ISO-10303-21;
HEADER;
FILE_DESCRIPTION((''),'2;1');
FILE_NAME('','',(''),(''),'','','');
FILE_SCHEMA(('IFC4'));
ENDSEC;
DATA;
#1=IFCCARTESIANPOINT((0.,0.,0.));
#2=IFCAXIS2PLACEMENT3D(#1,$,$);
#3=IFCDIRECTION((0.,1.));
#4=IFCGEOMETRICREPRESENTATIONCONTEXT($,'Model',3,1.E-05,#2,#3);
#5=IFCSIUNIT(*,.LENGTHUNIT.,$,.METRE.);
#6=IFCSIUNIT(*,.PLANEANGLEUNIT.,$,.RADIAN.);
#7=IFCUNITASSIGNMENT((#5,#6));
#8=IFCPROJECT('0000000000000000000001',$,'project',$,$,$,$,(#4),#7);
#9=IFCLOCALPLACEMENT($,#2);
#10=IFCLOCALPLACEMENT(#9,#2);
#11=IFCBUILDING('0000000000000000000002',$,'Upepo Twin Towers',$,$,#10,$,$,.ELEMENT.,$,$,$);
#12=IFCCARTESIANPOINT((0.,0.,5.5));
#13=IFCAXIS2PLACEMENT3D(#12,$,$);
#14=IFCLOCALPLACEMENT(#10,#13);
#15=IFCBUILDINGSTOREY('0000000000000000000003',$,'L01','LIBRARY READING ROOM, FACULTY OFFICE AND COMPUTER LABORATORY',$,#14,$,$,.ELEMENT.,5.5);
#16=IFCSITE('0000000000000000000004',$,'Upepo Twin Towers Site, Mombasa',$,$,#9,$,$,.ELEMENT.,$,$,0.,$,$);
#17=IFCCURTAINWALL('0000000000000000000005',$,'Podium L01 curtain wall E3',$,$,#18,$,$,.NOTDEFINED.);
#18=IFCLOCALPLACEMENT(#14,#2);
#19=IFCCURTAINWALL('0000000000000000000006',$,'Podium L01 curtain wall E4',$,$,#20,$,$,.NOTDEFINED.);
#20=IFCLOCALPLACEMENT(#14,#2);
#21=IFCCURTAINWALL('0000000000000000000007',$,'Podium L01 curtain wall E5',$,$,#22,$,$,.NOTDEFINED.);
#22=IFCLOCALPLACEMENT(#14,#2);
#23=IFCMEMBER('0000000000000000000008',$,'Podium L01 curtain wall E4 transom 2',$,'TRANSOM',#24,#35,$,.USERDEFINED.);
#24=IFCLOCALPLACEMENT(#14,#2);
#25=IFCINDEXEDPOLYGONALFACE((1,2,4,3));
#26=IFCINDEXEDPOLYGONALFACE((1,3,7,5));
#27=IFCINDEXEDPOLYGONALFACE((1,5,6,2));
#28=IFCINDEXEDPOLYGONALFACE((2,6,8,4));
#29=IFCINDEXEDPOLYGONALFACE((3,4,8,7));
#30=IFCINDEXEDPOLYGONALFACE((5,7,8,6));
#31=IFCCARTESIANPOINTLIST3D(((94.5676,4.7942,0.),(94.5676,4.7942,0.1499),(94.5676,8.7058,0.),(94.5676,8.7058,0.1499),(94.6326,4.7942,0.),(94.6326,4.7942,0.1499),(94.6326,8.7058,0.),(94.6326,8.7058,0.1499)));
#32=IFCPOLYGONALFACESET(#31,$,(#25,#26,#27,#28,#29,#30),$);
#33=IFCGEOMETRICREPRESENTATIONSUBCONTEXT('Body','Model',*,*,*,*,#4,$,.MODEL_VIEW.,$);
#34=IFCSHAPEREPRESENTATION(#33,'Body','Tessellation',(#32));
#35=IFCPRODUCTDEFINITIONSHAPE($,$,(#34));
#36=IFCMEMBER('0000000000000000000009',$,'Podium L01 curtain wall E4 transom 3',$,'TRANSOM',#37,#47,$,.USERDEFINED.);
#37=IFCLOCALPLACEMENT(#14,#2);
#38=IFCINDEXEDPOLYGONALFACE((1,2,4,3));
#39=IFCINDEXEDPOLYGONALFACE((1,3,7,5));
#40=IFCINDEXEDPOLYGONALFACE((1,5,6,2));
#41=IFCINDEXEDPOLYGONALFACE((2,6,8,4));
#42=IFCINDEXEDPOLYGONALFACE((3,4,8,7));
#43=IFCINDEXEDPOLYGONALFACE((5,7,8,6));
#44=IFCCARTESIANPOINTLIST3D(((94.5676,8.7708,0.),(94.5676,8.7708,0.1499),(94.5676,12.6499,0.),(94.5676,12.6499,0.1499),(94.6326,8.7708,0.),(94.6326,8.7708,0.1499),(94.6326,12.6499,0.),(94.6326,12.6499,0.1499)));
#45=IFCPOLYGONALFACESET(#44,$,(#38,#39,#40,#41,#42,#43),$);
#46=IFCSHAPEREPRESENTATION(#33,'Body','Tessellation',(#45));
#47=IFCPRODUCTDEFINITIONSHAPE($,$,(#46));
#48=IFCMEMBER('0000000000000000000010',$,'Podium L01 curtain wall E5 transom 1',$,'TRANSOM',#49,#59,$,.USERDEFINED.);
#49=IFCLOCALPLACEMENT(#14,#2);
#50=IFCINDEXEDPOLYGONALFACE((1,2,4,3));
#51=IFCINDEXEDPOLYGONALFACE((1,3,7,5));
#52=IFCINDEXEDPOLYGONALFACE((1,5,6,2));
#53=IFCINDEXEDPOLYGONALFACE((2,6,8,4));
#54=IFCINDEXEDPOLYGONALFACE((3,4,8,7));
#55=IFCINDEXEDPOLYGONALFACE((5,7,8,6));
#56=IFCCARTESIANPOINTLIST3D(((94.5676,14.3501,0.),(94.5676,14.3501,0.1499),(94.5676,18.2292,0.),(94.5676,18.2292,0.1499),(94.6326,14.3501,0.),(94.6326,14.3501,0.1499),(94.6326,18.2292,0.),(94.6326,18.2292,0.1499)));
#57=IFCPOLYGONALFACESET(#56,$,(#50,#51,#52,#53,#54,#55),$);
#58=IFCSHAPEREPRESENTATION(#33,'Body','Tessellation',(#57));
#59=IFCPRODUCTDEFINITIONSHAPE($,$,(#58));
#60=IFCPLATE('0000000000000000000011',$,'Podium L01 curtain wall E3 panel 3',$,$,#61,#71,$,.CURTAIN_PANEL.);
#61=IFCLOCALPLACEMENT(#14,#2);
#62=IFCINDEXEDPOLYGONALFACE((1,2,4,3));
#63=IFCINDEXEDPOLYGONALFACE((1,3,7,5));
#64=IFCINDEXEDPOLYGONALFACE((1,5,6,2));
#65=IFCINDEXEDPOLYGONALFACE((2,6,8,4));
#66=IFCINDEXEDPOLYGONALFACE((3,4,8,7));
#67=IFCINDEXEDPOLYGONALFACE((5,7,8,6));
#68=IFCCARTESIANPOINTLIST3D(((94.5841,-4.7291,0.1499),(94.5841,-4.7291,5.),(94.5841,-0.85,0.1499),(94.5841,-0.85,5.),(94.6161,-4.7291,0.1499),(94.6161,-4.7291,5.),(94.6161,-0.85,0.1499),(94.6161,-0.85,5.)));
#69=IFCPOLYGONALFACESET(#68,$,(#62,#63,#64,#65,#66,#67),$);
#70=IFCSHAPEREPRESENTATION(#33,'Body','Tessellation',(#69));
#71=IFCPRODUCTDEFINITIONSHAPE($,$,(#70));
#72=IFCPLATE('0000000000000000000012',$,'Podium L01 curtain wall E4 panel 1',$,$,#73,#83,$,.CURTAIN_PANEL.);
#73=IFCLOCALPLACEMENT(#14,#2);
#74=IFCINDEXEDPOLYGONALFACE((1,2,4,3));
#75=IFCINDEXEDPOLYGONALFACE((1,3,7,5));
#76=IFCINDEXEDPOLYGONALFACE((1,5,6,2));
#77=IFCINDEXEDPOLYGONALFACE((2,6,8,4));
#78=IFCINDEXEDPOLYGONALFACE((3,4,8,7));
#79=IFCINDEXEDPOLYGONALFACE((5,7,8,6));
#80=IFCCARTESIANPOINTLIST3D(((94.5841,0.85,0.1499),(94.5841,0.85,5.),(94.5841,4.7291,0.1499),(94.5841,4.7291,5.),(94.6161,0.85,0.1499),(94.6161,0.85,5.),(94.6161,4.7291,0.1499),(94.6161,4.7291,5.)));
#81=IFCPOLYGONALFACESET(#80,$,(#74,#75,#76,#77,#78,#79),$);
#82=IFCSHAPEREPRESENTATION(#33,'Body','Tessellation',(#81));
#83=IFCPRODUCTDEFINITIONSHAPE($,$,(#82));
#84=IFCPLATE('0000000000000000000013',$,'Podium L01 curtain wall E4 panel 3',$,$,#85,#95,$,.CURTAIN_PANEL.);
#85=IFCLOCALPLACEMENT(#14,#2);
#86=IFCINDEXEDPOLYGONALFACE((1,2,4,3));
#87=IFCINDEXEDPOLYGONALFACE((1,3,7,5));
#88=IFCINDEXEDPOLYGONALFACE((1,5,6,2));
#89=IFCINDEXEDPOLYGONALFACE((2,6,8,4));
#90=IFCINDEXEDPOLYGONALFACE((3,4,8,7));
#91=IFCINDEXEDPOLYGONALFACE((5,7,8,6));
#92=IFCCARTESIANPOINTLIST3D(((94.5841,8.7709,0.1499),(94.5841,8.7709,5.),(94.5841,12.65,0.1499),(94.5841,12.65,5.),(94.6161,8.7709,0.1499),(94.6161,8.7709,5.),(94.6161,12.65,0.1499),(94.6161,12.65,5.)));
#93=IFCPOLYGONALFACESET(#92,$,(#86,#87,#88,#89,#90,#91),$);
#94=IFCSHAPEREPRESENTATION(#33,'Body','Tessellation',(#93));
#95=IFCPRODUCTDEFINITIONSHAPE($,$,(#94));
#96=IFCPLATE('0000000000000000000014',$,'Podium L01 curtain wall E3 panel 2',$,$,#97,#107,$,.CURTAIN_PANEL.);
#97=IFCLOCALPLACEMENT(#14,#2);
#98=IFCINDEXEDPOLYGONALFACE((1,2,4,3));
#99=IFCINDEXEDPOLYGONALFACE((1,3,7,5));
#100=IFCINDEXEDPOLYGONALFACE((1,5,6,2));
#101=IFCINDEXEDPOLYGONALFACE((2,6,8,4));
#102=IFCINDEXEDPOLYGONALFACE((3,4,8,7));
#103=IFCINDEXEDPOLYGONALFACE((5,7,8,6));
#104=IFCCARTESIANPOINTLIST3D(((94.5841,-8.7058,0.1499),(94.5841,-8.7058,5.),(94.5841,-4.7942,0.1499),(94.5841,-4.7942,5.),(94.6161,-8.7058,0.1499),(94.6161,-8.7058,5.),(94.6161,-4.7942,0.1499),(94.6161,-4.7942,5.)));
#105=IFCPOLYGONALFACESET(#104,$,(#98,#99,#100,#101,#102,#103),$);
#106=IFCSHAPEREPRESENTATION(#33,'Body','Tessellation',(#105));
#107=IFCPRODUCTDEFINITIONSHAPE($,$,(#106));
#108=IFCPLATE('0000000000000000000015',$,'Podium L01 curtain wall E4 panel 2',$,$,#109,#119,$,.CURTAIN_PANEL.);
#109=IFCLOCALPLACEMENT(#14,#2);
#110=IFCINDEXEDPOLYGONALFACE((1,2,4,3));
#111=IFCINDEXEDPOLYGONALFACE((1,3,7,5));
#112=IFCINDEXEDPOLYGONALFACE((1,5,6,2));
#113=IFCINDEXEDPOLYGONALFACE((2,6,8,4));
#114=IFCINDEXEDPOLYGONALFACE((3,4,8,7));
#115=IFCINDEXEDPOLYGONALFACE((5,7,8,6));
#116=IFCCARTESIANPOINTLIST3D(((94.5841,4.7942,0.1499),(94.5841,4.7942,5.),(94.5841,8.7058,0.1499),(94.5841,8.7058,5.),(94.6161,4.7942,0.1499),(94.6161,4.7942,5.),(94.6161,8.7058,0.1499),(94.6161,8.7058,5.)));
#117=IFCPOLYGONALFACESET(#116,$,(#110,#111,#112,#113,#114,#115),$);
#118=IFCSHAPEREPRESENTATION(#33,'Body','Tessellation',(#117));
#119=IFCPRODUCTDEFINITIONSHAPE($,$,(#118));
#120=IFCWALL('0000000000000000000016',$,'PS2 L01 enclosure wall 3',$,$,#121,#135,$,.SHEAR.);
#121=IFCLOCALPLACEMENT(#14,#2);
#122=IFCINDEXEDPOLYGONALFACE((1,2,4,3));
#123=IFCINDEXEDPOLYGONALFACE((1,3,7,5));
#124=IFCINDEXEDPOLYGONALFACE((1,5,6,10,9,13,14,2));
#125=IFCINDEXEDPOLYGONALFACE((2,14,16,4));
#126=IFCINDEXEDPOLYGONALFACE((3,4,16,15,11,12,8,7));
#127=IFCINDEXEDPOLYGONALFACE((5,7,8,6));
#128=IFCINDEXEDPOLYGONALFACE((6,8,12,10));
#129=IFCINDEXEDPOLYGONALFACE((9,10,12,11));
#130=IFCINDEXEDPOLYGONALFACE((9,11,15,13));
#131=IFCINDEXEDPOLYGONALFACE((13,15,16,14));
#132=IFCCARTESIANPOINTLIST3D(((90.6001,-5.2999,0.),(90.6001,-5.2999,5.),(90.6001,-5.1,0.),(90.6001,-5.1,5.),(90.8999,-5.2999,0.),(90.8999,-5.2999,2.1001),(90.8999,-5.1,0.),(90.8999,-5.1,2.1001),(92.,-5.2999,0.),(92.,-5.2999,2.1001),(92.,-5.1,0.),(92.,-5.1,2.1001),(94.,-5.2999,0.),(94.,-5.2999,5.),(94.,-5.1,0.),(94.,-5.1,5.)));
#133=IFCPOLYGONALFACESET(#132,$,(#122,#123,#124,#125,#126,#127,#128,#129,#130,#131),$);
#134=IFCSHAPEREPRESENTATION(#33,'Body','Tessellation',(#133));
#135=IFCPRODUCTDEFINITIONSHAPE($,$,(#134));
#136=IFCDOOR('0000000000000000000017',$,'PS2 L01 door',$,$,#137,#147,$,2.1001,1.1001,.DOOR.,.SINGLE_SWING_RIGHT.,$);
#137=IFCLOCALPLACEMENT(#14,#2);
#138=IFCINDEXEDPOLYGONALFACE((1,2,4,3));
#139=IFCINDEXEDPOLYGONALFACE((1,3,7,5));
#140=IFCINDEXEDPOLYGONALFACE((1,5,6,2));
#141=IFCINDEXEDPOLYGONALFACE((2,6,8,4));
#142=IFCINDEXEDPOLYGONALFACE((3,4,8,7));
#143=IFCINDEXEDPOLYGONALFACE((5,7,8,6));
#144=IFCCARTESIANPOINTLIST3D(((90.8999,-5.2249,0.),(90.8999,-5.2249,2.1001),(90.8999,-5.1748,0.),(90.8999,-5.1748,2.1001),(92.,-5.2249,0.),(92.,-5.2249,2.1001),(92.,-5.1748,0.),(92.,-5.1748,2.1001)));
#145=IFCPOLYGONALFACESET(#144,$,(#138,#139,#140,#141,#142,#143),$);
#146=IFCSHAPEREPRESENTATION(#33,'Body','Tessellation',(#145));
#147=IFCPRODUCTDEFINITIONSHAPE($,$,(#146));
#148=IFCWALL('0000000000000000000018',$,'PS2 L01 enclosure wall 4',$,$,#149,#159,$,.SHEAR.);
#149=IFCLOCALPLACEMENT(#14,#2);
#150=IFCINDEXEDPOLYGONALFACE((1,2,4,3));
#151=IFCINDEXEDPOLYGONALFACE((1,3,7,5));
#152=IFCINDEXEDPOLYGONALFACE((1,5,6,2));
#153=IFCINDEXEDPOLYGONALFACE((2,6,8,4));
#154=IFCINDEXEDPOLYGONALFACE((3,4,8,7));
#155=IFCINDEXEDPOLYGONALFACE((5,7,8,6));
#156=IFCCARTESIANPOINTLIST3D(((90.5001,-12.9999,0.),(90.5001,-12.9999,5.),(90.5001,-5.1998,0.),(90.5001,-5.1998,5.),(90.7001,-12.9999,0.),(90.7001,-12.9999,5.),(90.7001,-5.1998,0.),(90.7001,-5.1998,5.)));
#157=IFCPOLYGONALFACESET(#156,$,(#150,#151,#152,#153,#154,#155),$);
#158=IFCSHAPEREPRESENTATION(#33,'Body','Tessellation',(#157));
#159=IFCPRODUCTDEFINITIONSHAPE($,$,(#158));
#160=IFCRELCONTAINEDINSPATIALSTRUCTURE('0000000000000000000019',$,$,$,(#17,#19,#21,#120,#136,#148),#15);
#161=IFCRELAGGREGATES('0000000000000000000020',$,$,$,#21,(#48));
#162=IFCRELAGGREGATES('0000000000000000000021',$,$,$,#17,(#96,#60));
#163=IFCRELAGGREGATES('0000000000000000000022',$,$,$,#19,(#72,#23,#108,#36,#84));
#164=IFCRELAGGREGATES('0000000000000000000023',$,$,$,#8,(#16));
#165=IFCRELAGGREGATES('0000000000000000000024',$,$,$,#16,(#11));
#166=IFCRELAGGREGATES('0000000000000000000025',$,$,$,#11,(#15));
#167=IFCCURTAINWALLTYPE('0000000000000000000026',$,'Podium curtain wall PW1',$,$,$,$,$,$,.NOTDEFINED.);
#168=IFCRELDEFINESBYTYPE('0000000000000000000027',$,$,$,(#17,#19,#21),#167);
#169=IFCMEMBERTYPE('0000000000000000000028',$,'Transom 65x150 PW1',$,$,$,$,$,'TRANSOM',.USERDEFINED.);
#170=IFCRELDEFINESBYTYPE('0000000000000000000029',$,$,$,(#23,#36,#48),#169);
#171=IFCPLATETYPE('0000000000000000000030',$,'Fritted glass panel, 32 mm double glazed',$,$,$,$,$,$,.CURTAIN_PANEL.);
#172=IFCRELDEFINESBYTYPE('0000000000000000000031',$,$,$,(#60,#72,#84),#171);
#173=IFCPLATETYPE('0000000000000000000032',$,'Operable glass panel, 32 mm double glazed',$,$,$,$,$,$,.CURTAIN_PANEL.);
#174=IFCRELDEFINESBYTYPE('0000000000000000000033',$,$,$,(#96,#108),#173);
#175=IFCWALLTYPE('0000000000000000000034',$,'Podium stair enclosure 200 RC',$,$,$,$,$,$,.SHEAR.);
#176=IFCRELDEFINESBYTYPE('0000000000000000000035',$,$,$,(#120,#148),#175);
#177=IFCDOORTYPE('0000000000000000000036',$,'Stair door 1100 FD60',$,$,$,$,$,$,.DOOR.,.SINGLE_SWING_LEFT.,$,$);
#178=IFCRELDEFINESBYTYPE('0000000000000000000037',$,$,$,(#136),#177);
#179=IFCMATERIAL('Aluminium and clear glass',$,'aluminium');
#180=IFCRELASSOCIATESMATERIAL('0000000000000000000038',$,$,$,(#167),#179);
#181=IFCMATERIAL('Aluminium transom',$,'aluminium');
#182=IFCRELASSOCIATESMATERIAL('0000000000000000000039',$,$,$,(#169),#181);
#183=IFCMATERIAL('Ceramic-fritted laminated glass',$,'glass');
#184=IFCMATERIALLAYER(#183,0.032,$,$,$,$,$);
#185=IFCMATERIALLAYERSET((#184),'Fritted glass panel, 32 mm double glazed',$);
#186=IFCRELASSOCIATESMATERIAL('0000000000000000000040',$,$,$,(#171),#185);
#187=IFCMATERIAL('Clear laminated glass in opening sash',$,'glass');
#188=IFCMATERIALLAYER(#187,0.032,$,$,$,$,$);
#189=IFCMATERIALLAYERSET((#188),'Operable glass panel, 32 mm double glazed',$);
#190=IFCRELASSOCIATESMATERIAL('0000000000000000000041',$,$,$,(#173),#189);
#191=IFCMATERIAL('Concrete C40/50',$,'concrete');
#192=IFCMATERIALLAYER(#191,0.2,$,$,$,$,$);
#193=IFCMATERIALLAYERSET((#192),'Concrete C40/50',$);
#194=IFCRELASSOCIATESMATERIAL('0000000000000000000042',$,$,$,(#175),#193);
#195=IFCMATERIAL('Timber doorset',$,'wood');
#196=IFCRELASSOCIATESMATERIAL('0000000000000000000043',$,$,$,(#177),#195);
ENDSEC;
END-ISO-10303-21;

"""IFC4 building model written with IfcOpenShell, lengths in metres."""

from ifc_helpers import new_model, si_unit, direction, frame, frame_2d, origin, origin_2d, place, context, subcontext, project, spatial, rectangle, extrude, material, layer, layer_set, material_profile, profile_set, type_object, element, fill, aggregate, save


model = new_model("IFC4")

# Units and contexts
model_context = context("Model", 3, precision=1e-05, world=origin(), true_north=direction((0.0, 1.0)))
body_context = subcontext(model_context, "Body", "Model", "MODEL_VIEW")
ifc_project = project(units=[si_unit("LENGTHUNIT", "METRE"), si_unit("PLANEANGLEUNIT", "RADIAN")], contexts=[model_context])

# Site, building, storey
site_placement = place(None, origin())
site = spatial("IfcSite", under=ifc_project, at=site_placement, Name="Upepo Twin Towers Site, Mombasa", CompositionType="ELEMENT", RefElevation=0.0)
building_placement = place(site_placement, origin())
building = spatial("IfcBuilding", under=site, at=building_placement, Name="Upepo Twin Towers", CompositionType="ELEMENT")
storey_placement = place(building_placement, frame((0.0, 0.0, 5.5)))
storey = spatial("IfcBuildingStorey", under=building, at=storey_placement, Name="L01", Description="LIBRARY READING ROOM, FACULTY OFFICE AND COMPUTER LABORATORY", CompositionType="ELEMENT", Elevation=5.5)

# Curtain walls
ifc_material_1 = material(Name="Aluminium and clear glass", Category="aluminium")
curtain_wall_type = type_object("IfcCurtainWallType", Name="Podium curtain wall PW1", PredefinedType="NOTDEFINED", material=ifc_material_1)
curtain_wall_1_placement = place(storey_placement, origin())
curtain_wall_1 = element("IfcCurtainWall", 1, at=curtain_wall_1_placement, inside=storey, type_object=curtain_wall_type, Name="Podium L01 curtain wall E3", PredefinedType="NOTDEFINED")
curtain_wall_2_placement = place(storey_placement, origin())
curtain_wall_2 = element("IfcCurtainWall", 2, at=curtain_wall_2_placement, inside=storey, type_object=curtain_wall_type, Name="Podium L01 curtain wall E4", PredefinedType="NOTDEFINED")

# Curtain wall
curtain_wall_3_placement = place(storey_placement, origin())
curtain_wall_3 = element("IfcCurtainWall", 3, at=curtain_wall_3_placement, inside=storey, type_object=curtain_wall_type, Name="Podium L01 curtain wall E5", PredefinedType="NOTDEFINED")

# Members
ifc_material_2 = material(Name="Aluminium transom", Category="aluminium")
ifc_material_profile_1 = material_profile(ifc_material_2, rectangle(XDim=0.0649, YDim=0.1499, at=origin_2d()), Name="TRANSOM 65x150 PODIUM")
ifc_profile_set_1 = profile_set([ifc_material_profile_1], Name="Aluminium transom")
member_type_1 = type_object("IfcMemberType", Name="Transom 65x150 PW1", ElementType="TRANSOM", PredefinedType="USERDEFINED", material=ifc_profile_set_1)
member_1_placement = place(storey_placement, frame((94.6001, 4.7942, 0.075), z_axis=(0.0, 1.0, 0.0), x_axis=(-1.0, 0.0, 0.0)))
member_1 = element("IfcMember", 4, at=member_1_placement, type_object=member_type_1, Name="Podium L01 curtain wall E4 transom 2", ObjectType="TRANSOM", PredefinedType="USERDEFINED", context=body_context, shape_type="SweptSolid", body=[
    extrude(rectangle(XDim=0.0649, YDim=0.1499, at=origin_2d()), origin(), (0.0, 0.0, 1.0), 3.9116),
])
member_2_placement = place(storey_placement, frame((94.6001, 8.7708, 0.075), z_axis=(0.0, 1.0, 0.0), x_axis=(-1.0, 0.0, 0.0)))
member_2 = element("IfcMember", 5, at=member_2_placement, type_object=member_type_1, Name="Podium L01 curtain wall E4 transom 3", ObjectType="TRANSOM", PredefinedType="USERDEFINED", context=body_context, shape_type="SweptSolid", body=[
    extrude(rectangle(XDim=0.0649, YDim=0.1499, at=origin_2d()), origin(), (0.0, 0.0, 1.0), 3.8792),
])
member_3_placement = place(storey_placement, frame((94.6001, 14.3501, 0.075), z_axis=(0.0, 1.0, 0.0), x_axis=(-1.0, 0.0, 0.0)))
member_3 = element("IfcMember", 6, at=member_3_placement, type_object=member_type_1, Name="Podium L01 curtain wall E5 transom 1", ObjectType="TRANSOM", PredefinedType="USERDEFINED", context=body_context, shape_type="SweptSolid", body=[
    extrude(rectangle(XDim=0.0649, YDim=0.1499, at=origin_2d()), origin(), (0.0, 0.0, 1.0), 3.8792),
])
aggregate(curtain_wall_3, [member_3])

# Plates
ifc_material_3 = material(Name="Ceramic-fritted laminated glass", Category="glass")
ifc_layer_1 = layer(ifc_material_3, 0.032)
ifc_layer_set_1 = layer_set([ifc_layer_1], Name="Fritted glass panel, 32 mm double glazed")
plate_type_1 = type_object("IfcPlateType", Name="Fritted glass panel, 32 mm double glazed", PredefinedType="CURTAIN_PANEL", material=ifc_layer_set_1)
plate_1_placement = place(storey_placement, frame((94.6001, -2.7896, 0.1499), z_axis=(0.0, 0.0, 1.0), x_axis=(0.0, 1.0, 0.0)))
plate_1 = element("IfcPlate", 7, at=plate_1_placement, type_object=plate_type_1, Name="Podium L01 curtain wall E3 panel 3", PredefinedType="CURTAIN_PANEL", context=body_context, shape_type="SweptSolid", body=[
    extrude(rectangle(XDim=3.8792, YDim=0.032, at=origin_2d()), origin(), (0.0, 0.0, 1.0), 4.8501),
])
plate_2_placement = place(storey_placement, frame((94.6001, 2.7896, 0.1499), z_axis=(0.0, 0.0, 1.0), x_axis=(0.0, 1.0, 0.0)))
plate_2 = element("IfcPlate", 8, at=plate_2_placement, type_object=plate_type_1, Name="Podium L01 curtain wall E4 panel 1", PredefinedType="CURTAIN_PANEL", context=body_context, shape_type="SweptSolid", body=[
    extrude(rectangle(XDim=3.8792, YDim=0.032, at=origin_2d()), origin(), (0.0, 0.0, 1.0), 4.8501),
])
plate_3_placement = place(storey_placement, frame((94.6001, 10.7104, 0.1499), z_axis=(0.0, 0.0, 1.0), x_axis=(0.0, 1.0, 0.0)))
plate_3 = element("IfcPlate", 9, at=plate_3_placement, type_object=plate_type_1, Name="Podium L01 curtain wall E4 panel 3", PredefinedType="CURTAIN_PANEL", context=body_context, shape_type="SweptSolid", body=[
    extrude(rectangle(XDim=3.8792, YDim=0.032, at=origin_2d()), origin(), (0.0, 0.0, 1.0), 4.8501),
])
ifc_material_4 = material(Name="Clear laminated glass in opening sash", Category="glass")
ifc_layer_2 = layer(ifc_material_4, 0.032)
ifc_layer_set_2 = layer_set([ifc_layer_2], Name="Operable glass panel, 32 mm double glazed")
plate_type_2 = type_object("IfcPlateType", Name="Operable glass panel, 32 mm double glazed", PredefinedType="CURTAIN_PANEL", material=ifc_layer_set_2)
plate_4_placement = place(storey_placement, frame((94.6001, -6.75, 0.1499), z_axis=(0.0, 0.0, 1.0), x_axis=(0.0, 1.0, 0.0)))
plate_4 = element("IfcPlate", 10, at=plate_4_placement, type_object=plate_type_2, Name="Podium L01 curtain wall E3 panel 2", PredefinedType="CURTAIN_PANEL", context=body_context, shape_type="SweptSolid", body=[
    extrude(rectangle(XDim=3.9116, YDim=0.032, at=origin_2d()), origin(), (0.0, 0.0, 1.0), 4.8501),
])
aggregate(curtain_wall_1, [plate_4, plate_1])
plate_5_placement = place(storey_placement, frame((94.6001, 6.75, 0.1499), z_axis=(0.0, 0.0, 1.0), x_axis=(0.0, 1.0, 0.0)))
plate_5 = element("IfcPlate", 11, at=plate_5_placement, type_object=plate_type_2, Name="Podium L01 curtain wall E4 panel 2", PredefinedType="CURTAIN_PANEL", context=body_context, shape_type="SweptSolid", body=[
    extrude(rectangle(XDim=3.9116, YDim=0.032, at=origin_2d()), origin(), (0.0, 0.0, 1.0), 4.8501),
])
aggregate(curtain_wall_2, [plate_2, member_1, plate_5, member_2, plate_3])

# Wall, opening, door
ifc_material_5 = material(Name="Concrete C40/50", Category="concrete")
ifc_layer_3 = layer(ifc_material_5, 0.2)
ifc_layer_set_3 = layer_set([ifc_layer_3], Name="Concrete C40/50")
wall_type = type_object("IfcWallType", Name="Podium stair enclosure 200 RC", PredefinedType="SHEAR", material=ifc_layer_set_3)
wall_1_placement = place(storey_placement, frame((94.0, -5.2, 0.0), z_axis=(0.0, 0.0, 1.0), x_axis=(-1.0, 0.0, 0.0)))
wall_1 = element("IfcWall", 12, at=wall_1_placement, inside=storey, type_object=wall_type, Name="PS2 L01 enclosure wall 3", PredefinedType="SHEAR", context=body_context, shape_type="SweptSolid", body=[
    extrude(rectangle(XDim=3.3999, YDim=0.2, at=frame_2d((1.7, 0.0))), origin(), (0.0, 0.0, 1.0), 5.0),
])
opening_placement = place(wall_1_placement, frame((2.0, 0.0, 0.0)))
opening = element("IfcOpeningElement", 13, at=opening_placement, cuts=wall_1, PredefinedType="OPENING", context=body_context, shape_type="SweptSolid", body=[
    extrude(rectangle(XDim=1.1001, YDim=2.1001, at=frame_2d((0.55, 1.05))), frame((0.0, 0.1099, 0.0), z_axis=(0.0, -1.0, 0.0), x_axis=(1.0, 0.0, 0.0)), (0.0, 0.0, 1.0), 0.22),
])
ifc_material_6 = material(Name="Timber doorset", Category="wood")
door_type = type_object("IfcDoorType", Name="Stair door 1100 FD60", OperationType="SINGLE_SWING_LEFT", PredefinedType="DOOR", material=ifc_material_6)
door_placement = place(opening_placement, origin())
door = element("IfcDoor", 14, at=door_placement, inside=storey, type_object=door_type, Name="PS2 L01 door", OperationType="SINGLE_SWING_RIGHT", OverallHeight=2.1001, OverallWidth=1.1001, PredefinedType="DOOR", context=body_context, shape_type="SweptSolid", body=[
    extrude(rectangle(XDim=1.1001, YDim=2.1001, at=frame_2d((0.55, 1.05))), frame((0.0, 0.0249, 0.0), z_axis=(0.0, -1.0, 0.0), x_axis=(1.0, 0.0, 0.0)), (0.0, 0.0, 1.0), 0.05),
])
fill(opening, door)

# Wall
wall_2_placement = place(storey_placement, frame((90.6001, -5.2, 0.0), z_axis=(0.0, 0.0, 1.0), x_axis=(0.0, -1.0, 0.0)))
element("IfcWall", 15, at=wall_2_placement, inside=storey, type_object=wall_type, Name="PS2 L01 enclosure wall 4", PredefinedType="SHEAR", context=body_context, shape_type="SweptSolid", body=[
    extrude(rectangle(XDim=7.8, YDim=0.2, at=frame_2d((3.8999, 0.0))), origin(), (0.0, 0.0, 1.0), 5.0),
])

save(model, "model.ifc")
